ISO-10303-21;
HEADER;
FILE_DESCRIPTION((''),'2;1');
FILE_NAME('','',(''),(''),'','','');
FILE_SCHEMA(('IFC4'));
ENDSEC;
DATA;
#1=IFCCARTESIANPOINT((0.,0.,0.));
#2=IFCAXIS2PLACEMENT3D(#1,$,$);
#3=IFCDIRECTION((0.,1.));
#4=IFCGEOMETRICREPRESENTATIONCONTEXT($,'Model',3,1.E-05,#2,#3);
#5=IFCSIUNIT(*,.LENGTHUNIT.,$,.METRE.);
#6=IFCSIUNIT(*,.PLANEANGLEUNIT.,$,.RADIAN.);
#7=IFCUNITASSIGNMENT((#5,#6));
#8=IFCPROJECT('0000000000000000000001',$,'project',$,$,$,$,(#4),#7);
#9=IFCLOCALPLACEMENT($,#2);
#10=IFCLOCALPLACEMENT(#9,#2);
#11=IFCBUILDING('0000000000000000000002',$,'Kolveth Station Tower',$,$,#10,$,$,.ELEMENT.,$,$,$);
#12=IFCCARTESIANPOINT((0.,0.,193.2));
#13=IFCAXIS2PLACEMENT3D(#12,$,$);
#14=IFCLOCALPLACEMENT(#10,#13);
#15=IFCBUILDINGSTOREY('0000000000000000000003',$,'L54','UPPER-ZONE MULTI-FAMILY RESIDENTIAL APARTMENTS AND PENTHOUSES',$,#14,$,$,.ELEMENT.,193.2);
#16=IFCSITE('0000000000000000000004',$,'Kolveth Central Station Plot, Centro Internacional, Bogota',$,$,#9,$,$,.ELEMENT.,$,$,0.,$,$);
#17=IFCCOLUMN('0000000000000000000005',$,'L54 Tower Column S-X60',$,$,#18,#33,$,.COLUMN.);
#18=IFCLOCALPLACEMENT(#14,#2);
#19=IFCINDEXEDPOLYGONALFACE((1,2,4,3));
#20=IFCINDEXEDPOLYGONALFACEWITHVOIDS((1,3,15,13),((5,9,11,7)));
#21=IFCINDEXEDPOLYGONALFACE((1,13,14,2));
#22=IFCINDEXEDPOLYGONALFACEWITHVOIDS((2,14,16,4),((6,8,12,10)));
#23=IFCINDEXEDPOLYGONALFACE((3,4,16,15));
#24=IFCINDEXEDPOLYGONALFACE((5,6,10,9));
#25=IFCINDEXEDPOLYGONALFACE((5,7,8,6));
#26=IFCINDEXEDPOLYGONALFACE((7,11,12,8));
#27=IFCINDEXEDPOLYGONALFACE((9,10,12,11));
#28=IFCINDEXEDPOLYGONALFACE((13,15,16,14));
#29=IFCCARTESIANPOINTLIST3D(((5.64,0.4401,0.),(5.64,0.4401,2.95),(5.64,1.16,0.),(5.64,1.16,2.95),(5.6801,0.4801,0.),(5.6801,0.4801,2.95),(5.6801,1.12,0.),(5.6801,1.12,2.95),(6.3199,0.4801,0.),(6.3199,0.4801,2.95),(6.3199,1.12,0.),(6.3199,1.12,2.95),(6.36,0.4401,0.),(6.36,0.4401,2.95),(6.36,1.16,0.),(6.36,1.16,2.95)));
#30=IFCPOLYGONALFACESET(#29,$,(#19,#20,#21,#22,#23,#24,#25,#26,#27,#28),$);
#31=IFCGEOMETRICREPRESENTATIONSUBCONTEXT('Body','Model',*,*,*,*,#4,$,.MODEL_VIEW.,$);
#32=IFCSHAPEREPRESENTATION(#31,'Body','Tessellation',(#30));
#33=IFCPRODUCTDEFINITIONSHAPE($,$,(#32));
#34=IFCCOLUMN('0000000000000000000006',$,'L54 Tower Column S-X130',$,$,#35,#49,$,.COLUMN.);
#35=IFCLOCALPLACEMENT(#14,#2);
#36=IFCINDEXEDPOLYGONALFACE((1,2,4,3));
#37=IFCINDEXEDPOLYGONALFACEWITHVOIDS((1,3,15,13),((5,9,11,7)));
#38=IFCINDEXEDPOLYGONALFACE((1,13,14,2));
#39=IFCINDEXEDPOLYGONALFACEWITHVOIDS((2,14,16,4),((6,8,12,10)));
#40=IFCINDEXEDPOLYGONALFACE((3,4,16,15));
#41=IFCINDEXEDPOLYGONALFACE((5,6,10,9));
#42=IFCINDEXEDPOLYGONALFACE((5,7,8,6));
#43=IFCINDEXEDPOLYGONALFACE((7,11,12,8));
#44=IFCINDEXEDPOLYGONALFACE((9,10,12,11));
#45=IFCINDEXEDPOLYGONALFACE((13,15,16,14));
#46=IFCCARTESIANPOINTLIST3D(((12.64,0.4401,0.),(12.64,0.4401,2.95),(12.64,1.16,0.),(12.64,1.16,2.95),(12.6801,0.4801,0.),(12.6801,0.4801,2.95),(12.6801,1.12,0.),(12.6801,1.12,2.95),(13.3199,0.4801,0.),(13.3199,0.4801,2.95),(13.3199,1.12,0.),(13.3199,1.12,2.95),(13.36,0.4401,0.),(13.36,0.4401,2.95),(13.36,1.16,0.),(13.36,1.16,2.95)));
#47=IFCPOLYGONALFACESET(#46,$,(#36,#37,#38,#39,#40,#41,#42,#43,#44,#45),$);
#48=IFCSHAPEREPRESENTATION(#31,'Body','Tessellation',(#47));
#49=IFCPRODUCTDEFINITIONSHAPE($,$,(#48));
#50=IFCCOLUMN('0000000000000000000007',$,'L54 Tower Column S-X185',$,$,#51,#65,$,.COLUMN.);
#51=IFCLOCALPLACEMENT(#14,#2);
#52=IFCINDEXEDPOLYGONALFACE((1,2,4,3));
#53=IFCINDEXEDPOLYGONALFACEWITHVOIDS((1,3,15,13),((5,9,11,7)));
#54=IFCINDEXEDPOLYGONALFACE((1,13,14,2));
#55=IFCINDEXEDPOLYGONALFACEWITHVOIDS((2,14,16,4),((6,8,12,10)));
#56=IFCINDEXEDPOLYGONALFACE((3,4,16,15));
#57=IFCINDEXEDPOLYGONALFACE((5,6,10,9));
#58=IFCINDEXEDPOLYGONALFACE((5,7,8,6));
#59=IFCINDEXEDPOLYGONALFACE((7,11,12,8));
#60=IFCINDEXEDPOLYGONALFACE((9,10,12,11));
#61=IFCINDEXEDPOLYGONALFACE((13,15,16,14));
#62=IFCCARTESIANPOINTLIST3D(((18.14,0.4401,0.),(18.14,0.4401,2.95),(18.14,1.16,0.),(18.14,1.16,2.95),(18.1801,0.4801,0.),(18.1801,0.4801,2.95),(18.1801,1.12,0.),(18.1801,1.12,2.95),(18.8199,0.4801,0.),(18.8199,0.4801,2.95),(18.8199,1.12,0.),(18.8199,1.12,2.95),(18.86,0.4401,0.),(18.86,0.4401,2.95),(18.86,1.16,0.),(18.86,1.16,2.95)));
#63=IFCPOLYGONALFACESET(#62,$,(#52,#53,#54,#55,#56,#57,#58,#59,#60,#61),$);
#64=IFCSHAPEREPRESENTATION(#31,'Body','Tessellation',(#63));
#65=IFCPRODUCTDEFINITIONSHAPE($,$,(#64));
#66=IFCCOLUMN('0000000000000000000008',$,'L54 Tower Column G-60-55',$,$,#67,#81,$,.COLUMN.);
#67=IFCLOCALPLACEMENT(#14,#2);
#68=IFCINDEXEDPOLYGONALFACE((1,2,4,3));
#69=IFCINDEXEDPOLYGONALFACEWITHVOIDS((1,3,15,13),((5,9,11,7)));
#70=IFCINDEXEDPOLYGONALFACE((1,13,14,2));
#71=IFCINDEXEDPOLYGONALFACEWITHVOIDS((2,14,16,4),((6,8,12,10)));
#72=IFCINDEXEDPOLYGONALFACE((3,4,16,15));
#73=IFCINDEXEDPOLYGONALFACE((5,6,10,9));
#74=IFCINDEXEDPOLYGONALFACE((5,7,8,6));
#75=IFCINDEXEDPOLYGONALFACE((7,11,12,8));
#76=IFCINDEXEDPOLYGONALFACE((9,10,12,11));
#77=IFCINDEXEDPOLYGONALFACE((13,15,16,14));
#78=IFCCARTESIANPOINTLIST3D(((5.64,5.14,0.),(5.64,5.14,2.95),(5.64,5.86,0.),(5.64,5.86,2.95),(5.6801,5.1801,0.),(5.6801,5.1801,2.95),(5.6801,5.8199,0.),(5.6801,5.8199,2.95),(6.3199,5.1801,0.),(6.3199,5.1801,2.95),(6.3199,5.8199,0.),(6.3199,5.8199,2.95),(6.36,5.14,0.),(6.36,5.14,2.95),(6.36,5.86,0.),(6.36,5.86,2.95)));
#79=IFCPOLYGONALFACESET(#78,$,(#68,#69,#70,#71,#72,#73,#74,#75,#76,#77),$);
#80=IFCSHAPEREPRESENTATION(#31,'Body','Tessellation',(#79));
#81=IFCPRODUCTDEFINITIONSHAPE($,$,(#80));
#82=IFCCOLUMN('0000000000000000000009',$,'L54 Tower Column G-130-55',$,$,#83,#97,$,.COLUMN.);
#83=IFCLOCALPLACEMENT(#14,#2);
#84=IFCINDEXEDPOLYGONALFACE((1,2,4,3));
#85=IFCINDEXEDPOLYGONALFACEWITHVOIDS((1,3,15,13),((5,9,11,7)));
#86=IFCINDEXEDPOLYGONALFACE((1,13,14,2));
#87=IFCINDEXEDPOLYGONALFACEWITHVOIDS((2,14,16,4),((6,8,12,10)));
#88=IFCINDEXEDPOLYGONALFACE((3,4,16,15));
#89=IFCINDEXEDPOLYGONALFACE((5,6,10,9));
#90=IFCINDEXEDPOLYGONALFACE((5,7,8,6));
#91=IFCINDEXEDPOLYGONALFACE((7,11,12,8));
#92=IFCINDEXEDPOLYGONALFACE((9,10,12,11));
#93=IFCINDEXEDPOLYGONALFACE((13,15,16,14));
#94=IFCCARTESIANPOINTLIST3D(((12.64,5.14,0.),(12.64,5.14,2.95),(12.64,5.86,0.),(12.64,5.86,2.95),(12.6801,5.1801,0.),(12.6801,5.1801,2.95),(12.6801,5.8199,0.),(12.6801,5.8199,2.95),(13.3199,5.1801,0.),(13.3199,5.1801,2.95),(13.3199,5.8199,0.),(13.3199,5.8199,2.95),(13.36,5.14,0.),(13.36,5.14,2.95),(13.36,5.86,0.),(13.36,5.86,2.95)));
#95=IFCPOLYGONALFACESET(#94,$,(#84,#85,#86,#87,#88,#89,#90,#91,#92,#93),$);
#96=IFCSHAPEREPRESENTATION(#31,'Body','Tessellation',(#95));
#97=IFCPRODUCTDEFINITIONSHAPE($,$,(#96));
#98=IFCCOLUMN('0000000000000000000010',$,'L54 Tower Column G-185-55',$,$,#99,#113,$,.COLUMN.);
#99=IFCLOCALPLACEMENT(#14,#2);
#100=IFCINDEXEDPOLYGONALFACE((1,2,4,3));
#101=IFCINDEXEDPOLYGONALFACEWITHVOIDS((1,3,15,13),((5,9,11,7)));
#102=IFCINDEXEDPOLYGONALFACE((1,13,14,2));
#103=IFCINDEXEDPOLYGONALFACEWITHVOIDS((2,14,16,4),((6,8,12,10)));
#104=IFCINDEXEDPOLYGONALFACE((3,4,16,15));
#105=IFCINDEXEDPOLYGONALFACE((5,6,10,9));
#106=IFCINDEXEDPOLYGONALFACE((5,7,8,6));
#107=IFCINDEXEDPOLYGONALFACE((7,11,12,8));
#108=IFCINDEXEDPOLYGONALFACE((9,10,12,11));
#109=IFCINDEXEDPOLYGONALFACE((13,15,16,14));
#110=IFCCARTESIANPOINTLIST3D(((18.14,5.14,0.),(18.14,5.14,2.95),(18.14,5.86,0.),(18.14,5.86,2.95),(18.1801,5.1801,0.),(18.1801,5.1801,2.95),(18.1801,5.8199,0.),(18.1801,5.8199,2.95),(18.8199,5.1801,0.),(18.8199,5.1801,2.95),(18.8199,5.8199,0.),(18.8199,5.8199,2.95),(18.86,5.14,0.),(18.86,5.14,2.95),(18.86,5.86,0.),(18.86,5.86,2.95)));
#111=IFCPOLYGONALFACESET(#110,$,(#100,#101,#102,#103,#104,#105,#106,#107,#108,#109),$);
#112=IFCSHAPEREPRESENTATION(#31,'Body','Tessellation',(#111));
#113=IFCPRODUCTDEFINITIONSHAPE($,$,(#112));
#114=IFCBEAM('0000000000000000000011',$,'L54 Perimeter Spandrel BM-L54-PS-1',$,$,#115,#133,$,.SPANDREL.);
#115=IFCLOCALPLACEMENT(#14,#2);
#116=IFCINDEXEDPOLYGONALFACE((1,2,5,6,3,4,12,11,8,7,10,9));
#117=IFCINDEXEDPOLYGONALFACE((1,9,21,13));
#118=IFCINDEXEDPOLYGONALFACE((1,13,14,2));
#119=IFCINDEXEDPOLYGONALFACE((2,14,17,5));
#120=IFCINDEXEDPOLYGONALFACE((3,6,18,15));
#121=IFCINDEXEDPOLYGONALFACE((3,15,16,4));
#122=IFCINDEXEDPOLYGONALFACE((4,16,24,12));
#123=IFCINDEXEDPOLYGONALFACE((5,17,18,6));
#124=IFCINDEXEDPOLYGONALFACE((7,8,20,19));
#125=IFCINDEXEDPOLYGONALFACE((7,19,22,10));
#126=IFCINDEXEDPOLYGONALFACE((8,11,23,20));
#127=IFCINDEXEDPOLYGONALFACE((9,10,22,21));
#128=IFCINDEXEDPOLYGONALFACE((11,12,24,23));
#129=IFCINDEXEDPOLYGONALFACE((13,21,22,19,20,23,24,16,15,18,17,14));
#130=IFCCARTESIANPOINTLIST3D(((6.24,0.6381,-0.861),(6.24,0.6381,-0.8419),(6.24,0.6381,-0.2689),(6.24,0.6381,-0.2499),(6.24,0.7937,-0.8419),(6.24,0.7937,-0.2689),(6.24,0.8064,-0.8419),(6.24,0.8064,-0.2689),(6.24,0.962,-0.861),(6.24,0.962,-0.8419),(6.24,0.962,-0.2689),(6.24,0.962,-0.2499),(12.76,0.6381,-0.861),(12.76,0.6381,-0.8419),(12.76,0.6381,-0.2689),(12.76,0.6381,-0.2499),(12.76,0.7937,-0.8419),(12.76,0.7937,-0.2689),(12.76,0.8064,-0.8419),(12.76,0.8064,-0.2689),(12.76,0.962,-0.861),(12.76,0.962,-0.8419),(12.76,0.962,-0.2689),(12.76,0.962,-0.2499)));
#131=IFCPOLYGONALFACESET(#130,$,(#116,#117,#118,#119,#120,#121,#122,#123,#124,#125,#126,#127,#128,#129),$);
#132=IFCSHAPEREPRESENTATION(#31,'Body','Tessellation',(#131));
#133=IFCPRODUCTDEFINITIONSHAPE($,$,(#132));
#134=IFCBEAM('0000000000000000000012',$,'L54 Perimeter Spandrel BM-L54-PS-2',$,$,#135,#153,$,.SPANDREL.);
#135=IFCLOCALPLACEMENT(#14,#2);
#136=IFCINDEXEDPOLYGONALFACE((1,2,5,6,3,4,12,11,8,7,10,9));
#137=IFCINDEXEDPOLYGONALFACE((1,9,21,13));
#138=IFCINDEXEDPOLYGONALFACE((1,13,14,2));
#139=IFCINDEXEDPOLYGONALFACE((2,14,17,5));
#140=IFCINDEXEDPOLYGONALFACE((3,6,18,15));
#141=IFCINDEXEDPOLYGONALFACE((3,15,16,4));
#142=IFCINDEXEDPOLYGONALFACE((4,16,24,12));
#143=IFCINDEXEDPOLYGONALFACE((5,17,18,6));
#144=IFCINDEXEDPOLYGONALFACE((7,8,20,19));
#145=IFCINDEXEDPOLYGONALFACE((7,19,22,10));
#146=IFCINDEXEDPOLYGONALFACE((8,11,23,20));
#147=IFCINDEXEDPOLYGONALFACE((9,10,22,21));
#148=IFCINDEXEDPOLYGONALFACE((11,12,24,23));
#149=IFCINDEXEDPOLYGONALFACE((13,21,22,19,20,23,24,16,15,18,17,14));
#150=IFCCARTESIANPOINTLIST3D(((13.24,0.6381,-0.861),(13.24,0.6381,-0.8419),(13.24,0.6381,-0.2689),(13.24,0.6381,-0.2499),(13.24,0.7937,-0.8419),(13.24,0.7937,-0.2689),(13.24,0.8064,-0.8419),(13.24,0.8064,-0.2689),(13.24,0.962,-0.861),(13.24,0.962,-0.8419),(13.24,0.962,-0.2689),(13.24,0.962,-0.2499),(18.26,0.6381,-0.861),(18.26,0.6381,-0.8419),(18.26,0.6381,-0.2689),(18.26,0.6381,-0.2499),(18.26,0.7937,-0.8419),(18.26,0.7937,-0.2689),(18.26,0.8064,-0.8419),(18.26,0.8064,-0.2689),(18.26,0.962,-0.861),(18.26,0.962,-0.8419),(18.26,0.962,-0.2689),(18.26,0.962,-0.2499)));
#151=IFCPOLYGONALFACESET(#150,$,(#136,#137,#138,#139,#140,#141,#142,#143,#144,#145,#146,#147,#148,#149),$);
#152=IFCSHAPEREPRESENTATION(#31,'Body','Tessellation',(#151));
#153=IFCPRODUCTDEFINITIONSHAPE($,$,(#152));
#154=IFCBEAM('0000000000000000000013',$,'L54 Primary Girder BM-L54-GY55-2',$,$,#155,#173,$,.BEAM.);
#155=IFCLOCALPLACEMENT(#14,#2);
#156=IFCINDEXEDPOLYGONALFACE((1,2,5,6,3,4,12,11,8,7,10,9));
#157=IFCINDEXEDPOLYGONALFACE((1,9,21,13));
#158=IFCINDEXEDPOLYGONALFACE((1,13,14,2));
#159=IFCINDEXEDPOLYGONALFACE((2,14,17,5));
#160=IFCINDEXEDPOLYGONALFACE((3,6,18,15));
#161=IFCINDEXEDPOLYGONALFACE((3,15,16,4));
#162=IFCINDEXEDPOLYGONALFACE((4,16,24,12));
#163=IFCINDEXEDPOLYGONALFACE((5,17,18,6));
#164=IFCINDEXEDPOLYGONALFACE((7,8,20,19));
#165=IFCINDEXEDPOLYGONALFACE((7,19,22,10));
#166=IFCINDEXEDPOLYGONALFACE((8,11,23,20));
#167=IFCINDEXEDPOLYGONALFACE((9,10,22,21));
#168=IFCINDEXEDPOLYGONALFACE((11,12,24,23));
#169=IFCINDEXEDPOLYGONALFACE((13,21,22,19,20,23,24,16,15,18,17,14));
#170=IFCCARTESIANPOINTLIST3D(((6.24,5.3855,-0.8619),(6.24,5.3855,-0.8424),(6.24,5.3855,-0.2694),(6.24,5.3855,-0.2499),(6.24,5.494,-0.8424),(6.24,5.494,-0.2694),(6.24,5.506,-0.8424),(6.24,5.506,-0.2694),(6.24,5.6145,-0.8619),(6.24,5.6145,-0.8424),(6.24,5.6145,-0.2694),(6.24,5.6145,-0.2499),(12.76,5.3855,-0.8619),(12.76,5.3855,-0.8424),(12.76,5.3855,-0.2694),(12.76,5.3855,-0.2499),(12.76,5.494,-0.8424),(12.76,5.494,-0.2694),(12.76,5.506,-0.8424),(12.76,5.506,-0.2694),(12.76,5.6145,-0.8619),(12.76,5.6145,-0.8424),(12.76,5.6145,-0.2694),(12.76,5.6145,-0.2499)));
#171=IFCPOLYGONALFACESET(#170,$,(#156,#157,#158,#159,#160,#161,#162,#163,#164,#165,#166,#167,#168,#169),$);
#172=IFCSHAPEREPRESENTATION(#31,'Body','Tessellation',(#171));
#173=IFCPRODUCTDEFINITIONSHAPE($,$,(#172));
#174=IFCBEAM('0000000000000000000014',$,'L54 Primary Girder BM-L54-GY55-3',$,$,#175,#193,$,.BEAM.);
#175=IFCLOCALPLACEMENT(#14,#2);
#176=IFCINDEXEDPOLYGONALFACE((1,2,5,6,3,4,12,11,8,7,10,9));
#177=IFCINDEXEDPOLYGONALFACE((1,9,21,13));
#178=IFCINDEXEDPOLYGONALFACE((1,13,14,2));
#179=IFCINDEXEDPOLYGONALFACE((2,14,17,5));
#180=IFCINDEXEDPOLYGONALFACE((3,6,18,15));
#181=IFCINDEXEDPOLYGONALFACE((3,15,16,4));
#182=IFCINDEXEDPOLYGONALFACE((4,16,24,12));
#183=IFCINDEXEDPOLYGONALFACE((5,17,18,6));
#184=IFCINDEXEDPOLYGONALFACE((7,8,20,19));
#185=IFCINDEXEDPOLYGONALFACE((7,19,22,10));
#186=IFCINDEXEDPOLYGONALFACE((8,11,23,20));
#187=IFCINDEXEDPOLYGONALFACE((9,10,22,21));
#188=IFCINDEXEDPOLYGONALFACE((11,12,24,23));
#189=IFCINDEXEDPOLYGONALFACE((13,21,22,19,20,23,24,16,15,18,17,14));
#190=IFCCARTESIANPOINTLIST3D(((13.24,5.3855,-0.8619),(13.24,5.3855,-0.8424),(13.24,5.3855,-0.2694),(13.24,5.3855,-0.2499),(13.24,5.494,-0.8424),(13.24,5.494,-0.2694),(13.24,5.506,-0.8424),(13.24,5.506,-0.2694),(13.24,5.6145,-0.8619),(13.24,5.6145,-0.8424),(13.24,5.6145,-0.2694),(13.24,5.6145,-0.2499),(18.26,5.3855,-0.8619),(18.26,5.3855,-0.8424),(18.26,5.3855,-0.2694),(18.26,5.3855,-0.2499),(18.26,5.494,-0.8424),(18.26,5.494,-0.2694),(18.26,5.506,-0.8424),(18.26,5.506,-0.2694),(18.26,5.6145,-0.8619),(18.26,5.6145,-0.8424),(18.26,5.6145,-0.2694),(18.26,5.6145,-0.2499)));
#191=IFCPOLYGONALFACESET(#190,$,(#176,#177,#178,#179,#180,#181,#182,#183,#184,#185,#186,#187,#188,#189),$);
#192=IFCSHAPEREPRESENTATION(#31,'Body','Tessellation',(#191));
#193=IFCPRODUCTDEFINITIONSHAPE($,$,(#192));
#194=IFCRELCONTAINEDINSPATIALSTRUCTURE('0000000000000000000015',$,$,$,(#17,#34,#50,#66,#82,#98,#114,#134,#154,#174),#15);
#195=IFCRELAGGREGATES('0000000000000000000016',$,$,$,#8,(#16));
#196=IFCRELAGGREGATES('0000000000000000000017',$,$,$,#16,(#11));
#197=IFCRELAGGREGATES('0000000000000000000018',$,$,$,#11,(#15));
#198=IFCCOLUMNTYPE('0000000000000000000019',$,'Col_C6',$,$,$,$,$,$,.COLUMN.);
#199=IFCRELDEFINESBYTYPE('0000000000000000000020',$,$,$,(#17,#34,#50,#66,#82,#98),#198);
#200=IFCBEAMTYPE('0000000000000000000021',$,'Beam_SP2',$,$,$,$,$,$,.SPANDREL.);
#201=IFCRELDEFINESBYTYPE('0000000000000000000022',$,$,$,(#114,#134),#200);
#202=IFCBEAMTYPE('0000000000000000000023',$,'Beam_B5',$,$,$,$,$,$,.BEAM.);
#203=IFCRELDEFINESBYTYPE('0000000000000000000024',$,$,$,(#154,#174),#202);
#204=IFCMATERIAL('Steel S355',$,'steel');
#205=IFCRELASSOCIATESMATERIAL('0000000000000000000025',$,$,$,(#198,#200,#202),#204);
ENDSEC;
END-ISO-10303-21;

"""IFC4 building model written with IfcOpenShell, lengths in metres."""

from ifc_helpers import new_model, si_unit, direction, frame, origin, origin_2d, place, context, subcontext, project, spatial, hollow_rectangle, i_section, extrude, source, transform, mapped, material, material_profile, profile_set, type_object, element, save


model = new_model("IFC4")

# Units and contexts
model_context = context("Model", 3, precision=1e-05, world=origin(), true_north=direction((0.0, 1.0)))
body_context = subcontext(model_context, "Body", "Model", "MODEL_VIEW")
ifc_project = project(units=[si_unit("LENGTHUNIT", "METRE"), si_unit("PLANEANGLEUNIT", "RADIAN")], contexts=[model_context])

# Site, building, storey
site_placement = place(None, origin())
site = spatial("IfcSite", under=ifc_project, at=site_placement, Name="Kolveth Central Station Plot, Centro Internacional, Bogota", CompositionType="ELEMENT", RefElevation=0.0)
building_placement = place(site_placement, origin())
building = spatial("IfcBuilding", under=site, at=building_placement, Name="Kolveth Station Tower", CompositionType="ELEMENT")
storey_placement = place(building_placement, frame((0.0, 0.0, 193.2)))
storey = spatial("IfcBuildingStorey", under=building, at=storey_placement, Name="L54", Description="UPPER-ZONE MULTI-FAMILY RESIDENTIAL APARTMENTS AND PENTHOUSES", CompositionType="ELEMENT", Elevation=193.2)

# Columns
ifc_material_1 = material(Name="Steel S355", Category="steel")
ifc_material_profile_1 = material_profile(ifc_material_1, hollow_rectangle(XDim=0.72, YDim=0.72, WallThickness=0.04, at=origin_2d()), Name="BOX720x720x40")
ifc_profile_set_1 = profile_set([ifc_material_profile_1], Name="Steel S355")
column_type = type_object("IfcColumnType", Name="Col_C6", PredefinedType="COLUMN", material=ifc_profile_set_1)
shared_shape_1 = source(origin(), body_context, "Body", "SweptSolid", [
    extrude(hollow_rectangle(XDim=0.72, YDim=0.72, WallThickness=0.04, at=origin_2d()), origin(), (0.0, 0.0, 1.0), 2.95),
])
for number, where, z_axis, x_axis, name in (
    (1, (6.0, 0.8, 0.0), (0.0, 0.0, 1.0), (1.0, 0.0, 0.0), "L54 Tower Column S-X60"),
    (2, (13.0, 0.8, 0.0), (0.0, 0.0, 1.0), (1.0, 0.0, 0.0), "L54 Tower Column S-X130"),
    (3, (18.5, 0.8, 0.0), (0.0, 0.0, 1.0), (1.0, 0.0, 0.0), "L54 Tower Column S-X185"),
    (4, (6.0, 5.5, 0.0), (0.0, 0.0, 1.0), (1.0, 0.0, 0.0), "L54 Tower Column G-60-55"),
    (5, (13.0, 5.5, 0.0), (0.0, 0.0, 1.0), (1.0, 0.0, 0.0), "L54 Tower Column G-130-55"),
    (6, (18.5, 5.5, 0.0), (0.0, 0.0, 1.0), (1.0, 0.0, 0.0), "L54 Tower Column G-185-55"),
):
    element("IfcColumn", number, at=place(storey_placement, frame(where, z_axis=z_axis, x_axis=x_axis)), inside=storey, type_object=column_type, Name=name, PredefinedType="COLUMN", context=body_context, shape_type="MappedRepresentation", body=[
        mapped(shared_shape_1, transform((0.0, 0.0, 0.0), x_axis=(1.0, 0.0, 0.0), y_axis=(0.0, 1.0, 0.0), z_axis=(0.0, 0.0, 1.0), scale=1.0)),
    ])

# Beams
ifc_material_profile_2 = material_profile(ifc_material_1, i_section(OverallWidth=0.324, OverallDepth=0.6111, WebThickness=0.0127, FlangeThickness=0.019, at=origin_2d()), Name="W610x155")
ifc_profile_set_2 = profile_set([ifc_material_profile_2], Name="Steel S355")
beam_type_1 = type_object("IfcBeamType", Name="Beam_SP2", PredefinedType="SPANDREL", material=ifc_profile_set_2)
shared_shape_2 = source(origin(), body_context, "Body", "SweptSolid", [
    extrude(i_section(OverallWidth=0.324, OverallDepth=0.6111, WebThickness=0.0127, FlangeThickness=0.019, at=origin_2d()), origin(), (0.0, 0.0, 1.0), 6.52),
])
beam_1_placement = place(storey_placement, frame((6.24, 0.8, -0.5554), z_axis=(1.0, 0.0, 0.0), x_axis=(0.0, 1.0, 0.0)))
element("IfcBeam", 7, at=beam_1_placement, inside=storey, type_object=beam_type_1, Name="L54 Perimeter Spandrel BM-L54-PS-1", PredefinedType="SPANDREL", context=body_context, shape_type="MappedRepresentation", body=[
    mapped(shared_shape_2, transform((0.0, 0.0, 0.0), x_axis=(1.0, 0.0, 0.0), y_axis=(0.0, 1.0, 0.0), z_axis=(0.0, 0.0, 1.0), scale=1.0)),
])
shared_shape_3 = source(origin(), body_context, "Body", "SweptSolid", [
    extrude(i_section(OverallWidth=0.324, OverallDepth=0.6111, WebThickness=0.0127, FlangeThickness=0.019, at=origin_2d()), origin(), (0.0, 0.0, 1.0), 5.02),
])
beam_2_placement = place(storey_placement, frame((13.24, 0.8, -0.5554), z_axis=(1.0, 0.0, 0.0), x_axis=(0.0, 1.0, 0.0)))
element("IfcBeam", 8, at=beam_2_placement, inside=storey, type_object=beam_type_1, Name="L54 Perimeter Spandrel BM-L54-PS-2", PredefinedType="SPANDREL", context=body_context, shape_type="MappedRepresentation", body=[
    mapped(shared_shape_3, transform((0.0, 0.0, 0.0), x_axis=(1.0, 0.0, 0.0), y_axis=(0.0, 1.0, 0.0), z_axis=(0.0, 0.0, 1.0), scale=1.0)),
])
ifc_material_profile_3 = material_profile(ifc_material_1, i_section(OverallWidth=0.229, OverallDepth=0.6121, WebThickness=0.012, FlangeThickness=0.0195, at=origin_2d()), Name="W610x125")
ifc_profile_set_3 = profile_set([ifc_material_profile_3], Name="Steel S355")
beam_type_2 = type_object("IfcBeamType", Name="Beam_B5", PredefinedType="BEAM", material=ifc_profile_set_3)
shared_shape_4 = source(origin(), body_context, "Body", "SweptSolid", [
    extrude(i_section(OverallWidth=0.229, OverallDepth=0.6121, WebThickness=0.012, FlangeThickness=0.0195, at=origin_2d()), origin(), (0.0, 0.0, 1.0), 6.52),
])
beam_3_placement = place(storey_placement, frame((6.24, 5.5, -0.5559), z_axis=(1.0, 0.0, 0.0), x_axis=(0.0, 1.0, 0.0)))
element("IfcBeam", 9, at=beam_3_placement, inside=storey, type_object=beam_type_2, Name="L54 Primary Girder BM-L54-GY55-2", PredefinedType="BEAM", context=body_context, shape_type="MappedRepresentation", body=[
    mapped(shared_shape_4, transform((0.0, 0.0, 0.0), x_axis=(1.0, 0.0, 0.0), y_axis=(0.0, 1.0, 0.0), z_axis=(0.0, 0.0, 1.0), scale=1.0)),
])
shared_shape_5 = source(origin(), body_context, "Body", "SweptSolid", [
    extrude(i_section(OverallWidth=0.229, OverallDepth=0.6121, WebThickness=0.012, FlangeThickness=0.0195, at=origin_2d()), origin(), (0.0, 0.0, 1.0), 5.02),
])
beam_4_placement = place(storey_placement, frame((13.24, 5.5, -0.5559), z_axis=(1.0, 0.0, 0.0), x_axis=(0.0, 1.0, 0.0)))
element("IfcBeam", 10, at=beam_4_placement, inside=storey, type_object=beam_type_2, Name="L54 Primary Girder BM-L54-GY55-3", PredefinedType="BEAM", context=body_context, shape_type="MappedRepresentation", body=[
    mapped(shared_shape_5, transform((0.0, 0.0, 0.0), x_axis=(1.0, 0.0, 0.0), y_axis=(0.0, 1.0, 0.0), z_axis=(0.0, 0.0, 1.0), scale=1.0)),
])

save(model, "model.ifc")
